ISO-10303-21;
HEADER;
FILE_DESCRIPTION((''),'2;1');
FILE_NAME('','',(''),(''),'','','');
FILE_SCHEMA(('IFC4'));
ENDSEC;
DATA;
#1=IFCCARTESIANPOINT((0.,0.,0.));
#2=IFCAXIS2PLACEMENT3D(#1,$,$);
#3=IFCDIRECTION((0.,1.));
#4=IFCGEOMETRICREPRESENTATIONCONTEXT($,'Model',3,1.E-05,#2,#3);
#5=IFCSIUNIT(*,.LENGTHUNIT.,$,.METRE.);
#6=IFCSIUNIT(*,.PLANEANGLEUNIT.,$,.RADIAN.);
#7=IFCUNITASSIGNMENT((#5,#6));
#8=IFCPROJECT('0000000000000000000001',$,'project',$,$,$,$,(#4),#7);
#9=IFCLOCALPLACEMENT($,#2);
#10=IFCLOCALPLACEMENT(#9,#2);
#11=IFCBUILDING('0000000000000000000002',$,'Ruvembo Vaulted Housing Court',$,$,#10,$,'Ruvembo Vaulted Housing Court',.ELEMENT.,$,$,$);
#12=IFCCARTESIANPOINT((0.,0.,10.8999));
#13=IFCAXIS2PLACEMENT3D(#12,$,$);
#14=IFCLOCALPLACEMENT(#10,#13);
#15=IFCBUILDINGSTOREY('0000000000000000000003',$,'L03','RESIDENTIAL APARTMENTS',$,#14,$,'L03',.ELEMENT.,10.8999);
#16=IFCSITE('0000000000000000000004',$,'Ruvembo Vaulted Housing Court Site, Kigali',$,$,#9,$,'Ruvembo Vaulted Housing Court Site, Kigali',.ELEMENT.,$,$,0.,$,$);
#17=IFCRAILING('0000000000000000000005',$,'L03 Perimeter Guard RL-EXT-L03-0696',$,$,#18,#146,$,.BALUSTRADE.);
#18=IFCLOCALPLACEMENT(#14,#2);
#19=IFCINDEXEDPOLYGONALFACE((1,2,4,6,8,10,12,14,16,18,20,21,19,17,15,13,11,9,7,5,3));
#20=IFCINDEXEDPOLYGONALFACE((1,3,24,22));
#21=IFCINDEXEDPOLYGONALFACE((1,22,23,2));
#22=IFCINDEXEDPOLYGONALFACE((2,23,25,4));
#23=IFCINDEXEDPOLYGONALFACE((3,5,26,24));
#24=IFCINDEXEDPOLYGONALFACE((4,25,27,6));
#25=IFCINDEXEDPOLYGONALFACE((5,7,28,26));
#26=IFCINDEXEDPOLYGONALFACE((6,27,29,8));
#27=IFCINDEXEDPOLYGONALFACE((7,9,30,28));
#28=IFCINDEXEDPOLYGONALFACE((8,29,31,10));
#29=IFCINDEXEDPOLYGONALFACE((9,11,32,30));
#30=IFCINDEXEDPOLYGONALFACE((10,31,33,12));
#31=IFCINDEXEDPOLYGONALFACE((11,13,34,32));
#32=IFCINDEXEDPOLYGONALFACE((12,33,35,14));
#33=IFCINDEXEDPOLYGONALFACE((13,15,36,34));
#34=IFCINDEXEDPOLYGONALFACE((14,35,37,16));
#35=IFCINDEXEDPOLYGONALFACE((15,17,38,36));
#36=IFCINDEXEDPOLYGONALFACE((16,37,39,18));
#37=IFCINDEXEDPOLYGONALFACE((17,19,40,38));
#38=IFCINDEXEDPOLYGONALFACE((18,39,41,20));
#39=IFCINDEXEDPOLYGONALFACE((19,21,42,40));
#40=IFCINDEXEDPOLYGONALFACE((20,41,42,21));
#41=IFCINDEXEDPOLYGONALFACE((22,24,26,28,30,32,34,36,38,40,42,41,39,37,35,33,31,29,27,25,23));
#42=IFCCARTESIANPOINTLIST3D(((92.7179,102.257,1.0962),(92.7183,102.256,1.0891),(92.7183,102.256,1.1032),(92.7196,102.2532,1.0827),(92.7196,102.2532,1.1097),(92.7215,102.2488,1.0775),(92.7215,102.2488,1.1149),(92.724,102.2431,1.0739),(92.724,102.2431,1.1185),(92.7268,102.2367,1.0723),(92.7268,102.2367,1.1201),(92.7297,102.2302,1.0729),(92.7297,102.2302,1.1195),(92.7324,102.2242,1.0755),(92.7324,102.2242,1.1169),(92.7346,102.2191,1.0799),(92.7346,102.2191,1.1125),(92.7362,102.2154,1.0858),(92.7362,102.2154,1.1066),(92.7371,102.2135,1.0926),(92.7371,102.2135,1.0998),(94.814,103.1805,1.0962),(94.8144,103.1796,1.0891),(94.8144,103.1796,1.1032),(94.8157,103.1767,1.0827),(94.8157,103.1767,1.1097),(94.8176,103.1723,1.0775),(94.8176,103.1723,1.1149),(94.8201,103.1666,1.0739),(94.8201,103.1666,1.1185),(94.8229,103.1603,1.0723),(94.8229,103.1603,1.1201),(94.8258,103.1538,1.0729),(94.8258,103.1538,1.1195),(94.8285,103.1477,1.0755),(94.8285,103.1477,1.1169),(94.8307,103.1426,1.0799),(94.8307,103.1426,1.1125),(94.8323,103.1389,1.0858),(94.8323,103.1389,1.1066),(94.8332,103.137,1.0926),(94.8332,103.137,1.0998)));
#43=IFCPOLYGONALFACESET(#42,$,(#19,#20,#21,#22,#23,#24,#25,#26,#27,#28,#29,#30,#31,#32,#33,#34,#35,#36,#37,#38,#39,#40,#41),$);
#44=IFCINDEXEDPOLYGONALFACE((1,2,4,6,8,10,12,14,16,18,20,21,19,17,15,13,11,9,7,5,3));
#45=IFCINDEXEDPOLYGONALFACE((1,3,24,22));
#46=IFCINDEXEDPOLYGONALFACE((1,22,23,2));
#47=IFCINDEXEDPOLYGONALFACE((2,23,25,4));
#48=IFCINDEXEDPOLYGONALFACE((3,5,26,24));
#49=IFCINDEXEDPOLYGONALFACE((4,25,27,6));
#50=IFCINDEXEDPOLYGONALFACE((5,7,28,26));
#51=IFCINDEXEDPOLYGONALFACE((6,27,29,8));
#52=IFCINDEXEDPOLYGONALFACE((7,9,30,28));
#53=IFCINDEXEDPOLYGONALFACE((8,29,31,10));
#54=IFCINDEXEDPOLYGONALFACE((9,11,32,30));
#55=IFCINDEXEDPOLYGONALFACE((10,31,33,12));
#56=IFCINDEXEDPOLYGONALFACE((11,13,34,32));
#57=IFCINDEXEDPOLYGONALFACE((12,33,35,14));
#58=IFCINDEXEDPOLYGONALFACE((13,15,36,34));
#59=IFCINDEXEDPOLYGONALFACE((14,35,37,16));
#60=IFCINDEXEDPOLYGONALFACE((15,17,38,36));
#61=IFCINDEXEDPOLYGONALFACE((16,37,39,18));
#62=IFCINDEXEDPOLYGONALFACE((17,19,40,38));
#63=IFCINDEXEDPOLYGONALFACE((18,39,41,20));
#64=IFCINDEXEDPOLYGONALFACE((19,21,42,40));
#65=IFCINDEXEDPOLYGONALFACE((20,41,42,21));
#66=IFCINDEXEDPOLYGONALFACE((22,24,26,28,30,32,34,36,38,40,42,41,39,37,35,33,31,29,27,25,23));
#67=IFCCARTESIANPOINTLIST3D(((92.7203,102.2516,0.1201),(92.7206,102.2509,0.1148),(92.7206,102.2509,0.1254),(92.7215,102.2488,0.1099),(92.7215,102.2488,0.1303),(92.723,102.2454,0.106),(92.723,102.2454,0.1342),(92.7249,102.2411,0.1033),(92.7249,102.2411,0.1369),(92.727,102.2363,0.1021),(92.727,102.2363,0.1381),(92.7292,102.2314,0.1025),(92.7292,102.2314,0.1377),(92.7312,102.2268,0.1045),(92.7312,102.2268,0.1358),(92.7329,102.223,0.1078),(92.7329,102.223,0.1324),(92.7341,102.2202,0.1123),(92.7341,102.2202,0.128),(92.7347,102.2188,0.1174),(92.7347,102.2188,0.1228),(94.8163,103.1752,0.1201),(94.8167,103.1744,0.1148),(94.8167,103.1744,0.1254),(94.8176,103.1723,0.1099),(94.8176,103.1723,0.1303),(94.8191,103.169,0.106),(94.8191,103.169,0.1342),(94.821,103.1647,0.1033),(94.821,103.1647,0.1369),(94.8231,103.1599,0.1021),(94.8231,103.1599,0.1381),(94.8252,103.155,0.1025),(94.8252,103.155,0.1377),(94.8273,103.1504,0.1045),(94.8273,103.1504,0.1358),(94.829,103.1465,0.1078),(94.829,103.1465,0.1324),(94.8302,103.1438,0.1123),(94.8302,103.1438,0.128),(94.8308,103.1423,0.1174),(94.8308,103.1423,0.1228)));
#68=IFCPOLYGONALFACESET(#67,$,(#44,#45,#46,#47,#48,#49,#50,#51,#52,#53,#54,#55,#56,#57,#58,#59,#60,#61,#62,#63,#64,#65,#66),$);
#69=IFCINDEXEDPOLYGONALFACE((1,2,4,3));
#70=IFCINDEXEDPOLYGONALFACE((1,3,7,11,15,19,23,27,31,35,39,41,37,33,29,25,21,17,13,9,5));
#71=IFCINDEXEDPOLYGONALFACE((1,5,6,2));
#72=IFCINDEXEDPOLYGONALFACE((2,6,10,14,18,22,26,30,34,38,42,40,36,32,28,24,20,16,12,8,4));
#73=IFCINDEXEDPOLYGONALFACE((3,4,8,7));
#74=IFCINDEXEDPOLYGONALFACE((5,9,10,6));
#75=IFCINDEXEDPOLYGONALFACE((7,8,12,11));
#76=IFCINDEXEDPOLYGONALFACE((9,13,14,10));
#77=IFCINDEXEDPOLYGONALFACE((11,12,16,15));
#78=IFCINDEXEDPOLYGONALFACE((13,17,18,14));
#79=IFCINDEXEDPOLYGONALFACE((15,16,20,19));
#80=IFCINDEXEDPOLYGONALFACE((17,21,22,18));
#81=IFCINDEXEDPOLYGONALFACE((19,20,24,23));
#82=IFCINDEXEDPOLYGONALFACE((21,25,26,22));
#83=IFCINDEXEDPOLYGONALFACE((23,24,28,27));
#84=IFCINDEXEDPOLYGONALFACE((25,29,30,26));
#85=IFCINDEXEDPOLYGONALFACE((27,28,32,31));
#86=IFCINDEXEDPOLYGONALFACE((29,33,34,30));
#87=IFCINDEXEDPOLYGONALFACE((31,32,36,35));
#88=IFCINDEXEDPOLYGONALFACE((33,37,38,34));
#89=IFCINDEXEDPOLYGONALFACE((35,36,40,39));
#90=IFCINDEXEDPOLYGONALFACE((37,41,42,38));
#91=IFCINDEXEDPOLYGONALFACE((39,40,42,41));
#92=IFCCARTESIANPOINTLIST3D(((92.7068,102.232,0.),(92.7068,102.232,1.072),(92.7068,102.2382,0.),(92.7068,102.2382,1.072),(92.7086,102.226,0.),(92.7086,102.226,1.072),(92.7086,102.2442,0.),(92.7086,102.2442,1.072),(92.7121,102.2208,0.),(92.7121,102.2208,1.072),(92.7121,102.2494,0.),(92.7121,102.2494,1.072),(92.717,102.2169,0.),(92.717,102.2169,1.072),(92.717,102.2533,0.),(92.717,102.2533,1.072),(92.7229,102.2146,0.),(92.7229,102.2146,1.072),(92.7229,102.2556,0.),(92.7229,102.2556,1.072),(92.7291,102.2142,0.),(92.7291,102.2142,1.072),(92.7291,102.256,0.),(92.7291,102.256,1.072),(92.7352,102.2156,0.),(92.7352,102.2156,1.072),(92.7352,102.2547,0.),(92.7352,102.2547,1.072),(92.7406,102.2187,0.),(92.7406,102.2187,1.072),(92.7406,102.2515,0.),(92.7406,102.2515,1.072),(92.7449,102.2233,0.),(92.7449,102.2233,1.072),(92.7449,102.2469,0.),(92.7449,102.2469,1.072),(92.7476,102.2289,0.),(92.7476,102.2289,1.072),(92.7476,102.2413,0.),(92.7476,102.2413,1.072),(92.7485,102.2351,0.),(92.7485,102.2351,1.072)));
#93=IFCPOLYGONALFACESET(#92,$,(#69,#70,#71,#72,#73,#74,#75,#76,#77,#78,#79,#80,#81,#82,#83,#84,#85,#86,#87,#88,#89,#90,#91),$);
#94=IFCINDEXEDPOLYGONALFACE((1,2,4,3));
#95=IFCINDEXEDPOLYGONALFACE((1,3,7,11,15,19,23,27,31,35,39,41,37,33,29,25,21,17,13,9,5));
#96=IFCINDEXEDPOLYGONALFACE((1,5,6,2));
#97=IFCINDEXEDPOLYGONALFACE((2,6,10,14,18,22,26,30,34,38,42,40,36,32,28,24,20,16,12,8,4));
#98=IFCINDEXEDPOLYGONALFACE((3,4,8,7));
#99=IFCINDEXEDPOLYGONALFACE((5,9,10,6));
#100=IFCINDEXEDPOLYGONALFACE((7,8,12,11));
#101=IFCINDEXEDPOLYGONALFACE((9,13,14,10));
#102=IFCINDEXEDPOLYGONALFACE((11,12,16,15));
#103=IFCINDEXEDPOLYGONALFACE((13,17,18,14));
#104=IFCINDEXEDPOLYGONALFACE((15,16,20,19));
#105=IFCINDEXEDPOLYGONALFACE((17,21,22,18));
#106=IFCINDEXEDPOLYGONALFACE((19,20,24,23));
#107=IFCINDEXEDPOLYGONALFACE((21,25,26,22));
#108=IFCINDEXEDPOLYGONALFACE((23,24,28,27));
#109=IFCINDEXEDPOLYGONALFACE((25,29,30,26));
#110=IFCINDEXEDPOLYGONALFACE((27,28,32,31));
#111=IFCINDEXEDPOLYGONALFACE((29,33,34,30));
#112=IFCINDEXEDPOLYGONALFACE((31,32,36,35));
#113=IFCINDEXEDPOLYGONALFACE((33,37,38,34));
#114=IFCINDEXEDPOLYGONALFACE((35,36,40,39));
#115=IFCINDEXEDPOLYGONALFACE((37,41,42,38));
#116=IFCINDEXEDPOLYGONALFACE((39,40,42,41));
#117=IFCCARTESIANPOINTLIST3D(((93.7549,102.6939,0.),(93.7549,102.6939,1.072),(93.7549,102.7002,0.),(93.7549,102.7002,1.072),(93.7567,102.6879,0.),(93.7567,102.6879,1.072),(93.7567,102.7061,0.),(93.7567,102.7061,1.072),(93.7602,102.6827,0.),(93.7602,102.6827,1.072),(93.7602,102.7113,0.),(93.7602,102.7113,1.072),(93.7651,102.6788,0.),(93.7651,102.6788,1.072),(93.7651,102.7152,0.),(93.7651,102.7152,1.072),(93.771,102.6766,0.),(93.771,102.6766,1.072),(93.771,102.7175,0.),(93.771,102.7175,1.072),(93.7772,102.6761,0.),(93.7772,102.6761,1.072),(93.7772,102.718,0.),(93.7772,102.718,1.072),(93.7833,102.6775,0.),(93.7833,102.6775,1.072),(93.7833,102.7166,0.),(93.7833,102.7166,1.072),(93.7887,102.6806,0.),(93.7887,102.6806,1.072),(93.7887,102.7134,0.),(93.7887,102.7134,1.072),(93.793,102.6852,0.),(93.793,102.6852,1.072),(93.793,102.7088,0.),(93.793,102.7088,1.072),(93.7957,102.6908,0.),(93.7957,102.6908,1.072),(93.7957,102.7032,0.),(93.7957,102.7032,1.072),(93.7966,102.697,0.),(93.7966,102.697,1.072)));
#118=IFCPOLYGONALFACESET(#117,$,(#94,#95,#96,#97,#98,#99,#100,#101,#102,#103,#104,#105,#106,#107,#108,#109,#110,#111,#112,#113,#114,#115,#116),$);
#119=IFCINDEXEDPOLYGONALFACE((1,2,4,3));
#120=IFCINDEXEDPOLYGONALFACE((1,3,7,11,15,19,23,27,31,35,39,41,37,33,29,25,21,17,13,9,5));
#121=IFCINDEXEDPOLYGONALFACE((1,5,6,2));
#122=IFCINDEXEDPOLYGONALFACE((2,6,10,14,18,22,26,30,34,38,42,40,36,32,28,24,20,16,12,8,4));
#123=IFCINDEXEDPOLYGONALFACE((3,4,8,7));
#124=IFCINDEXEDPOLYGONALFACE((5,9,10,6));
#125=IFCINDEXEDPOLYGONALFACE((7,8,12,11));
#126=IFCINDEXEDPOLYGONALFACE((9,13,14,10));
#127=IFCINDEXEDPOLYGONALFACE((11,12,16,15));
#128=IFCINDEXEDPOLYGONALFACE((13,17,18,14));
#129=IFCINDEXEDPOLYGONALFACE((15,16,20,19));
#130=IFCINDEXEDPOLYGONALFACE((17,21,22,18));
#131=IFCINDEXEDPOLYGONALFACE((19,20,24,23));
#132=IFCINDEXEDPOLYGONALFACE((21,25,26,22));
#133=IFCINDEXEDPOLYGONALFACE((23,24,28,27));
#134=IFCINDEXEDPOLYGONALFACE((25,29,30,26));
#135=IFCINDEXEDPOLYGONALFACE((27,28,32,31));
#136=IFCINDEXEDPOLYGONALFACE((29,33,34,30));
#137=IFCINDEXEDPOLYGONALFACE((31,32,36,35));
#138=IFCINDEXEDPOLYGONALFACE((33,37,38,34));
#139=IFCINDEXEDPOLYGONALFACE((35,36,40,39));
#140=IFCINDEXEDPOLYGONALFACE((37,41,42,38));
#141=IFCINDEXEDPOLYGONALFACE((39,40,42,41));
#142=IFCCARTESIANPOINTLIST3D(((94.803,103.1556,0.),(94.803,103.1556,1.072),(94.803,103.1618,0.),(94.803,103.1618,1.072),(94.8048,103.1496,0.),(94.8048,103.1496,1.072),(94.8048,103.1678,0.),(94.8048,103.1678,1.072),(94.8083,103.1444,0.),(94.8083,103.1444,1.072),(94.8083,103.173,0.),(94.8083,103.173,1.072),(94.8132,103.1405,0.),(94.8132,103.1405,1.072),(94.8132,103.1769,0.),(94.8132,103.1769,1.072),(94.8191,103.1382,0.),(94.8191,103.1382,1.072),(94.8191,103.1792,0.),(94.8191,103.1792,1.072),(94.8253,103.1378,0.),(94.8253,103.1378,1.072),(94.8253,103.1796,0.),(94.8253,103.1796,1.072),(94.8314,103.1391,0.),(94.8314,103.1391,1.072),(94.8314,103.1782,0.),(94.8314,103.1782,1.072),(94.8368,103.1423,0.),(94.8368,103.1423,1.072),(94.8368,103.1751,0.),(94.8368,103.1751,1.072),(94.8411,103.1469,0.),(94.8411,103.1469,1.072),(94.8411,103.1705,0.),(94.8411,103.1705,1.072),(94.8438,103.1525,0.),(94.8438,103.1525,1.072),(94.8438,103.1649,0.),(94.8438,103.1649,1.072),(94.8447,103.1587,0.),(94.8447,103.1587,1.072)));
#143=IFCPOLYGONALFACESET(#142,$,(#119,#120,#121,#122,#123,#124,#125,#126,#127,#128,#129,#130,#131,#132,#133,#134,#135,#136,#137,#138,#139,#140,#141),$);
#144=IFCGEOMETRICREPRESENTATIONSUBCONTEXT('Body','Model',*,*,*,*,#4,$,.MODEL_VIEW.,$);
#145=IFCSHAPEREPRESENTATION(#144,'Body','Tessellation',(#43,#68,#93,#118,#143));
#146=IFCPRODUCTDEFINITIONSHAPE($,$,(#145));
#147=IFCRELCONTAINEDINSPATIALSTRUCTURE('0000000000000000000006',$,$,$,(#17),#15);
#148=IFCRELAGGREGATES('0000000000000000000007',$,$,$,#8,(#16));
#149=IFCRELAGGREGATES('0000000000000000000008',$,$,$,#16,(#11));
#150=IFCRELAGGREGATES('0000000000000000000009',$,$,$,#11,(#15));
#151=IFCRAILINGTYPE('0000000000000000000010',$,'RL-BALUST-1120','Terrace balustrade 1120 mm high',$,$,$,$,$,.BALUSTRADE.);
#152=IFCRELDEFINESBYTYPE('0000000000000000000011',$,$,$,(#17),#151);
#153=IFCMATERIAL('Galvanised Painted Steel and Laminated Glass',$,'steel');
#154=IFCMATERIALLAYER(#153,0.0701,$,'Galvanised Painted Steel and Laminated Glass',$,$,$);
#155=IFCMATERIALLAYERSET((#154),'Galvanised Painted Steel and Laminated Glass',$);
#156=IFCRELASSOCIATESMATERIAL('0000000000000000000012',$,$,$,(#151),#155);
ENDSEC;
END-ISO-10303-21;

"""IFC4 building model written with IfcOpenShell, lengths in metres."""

from ifc_helpers import new_model, si_unit, direction, frame, origin, origin_2d, place, context, subcontext, project, spatial, circle, extrude, material, layer, layer_set, type_object, element, save


model = new_model("IFC4")

# Units and contexts
model_context = context("Model", 3, precision=1e-05, world=origin(), true_north=direction((0.0, 1.0)))
body_context = subcontext(model_context, "Body", "Model", "MODEL_VIEW")
ifc_project = project(units=[si_unit("LENGTHUNIT", "METRE"), si_unit("PLANEANGLEUNIT", "RADIAN")], contexts=[model_context])

# Site, building, storey
site_placement = place(None, origin())
site = spatial("IfcSite", under=ifc_project, at=site_placement, Name="Ruvembo Vaulted Housing Court Site, Kigali", LongName="Ruvembo Vaulted Housing Court Site, Kigali", CompositionType="ELEMENT", RefElevation=0.0)
building_placement = place(site_placement, origin())
building = spatial("IfcBuilding", under=site, at=building_placement, Name="Ruvembo Vaulted Housing Court", LongName="Ruvembo Vaulted Housing Court", CompositionType="ELEMENT")
storey_placement = place(building_placement, frame((0.0, 0.0, 10.8999)))
storey = spatial("IfcBuildingStorey", under=building, at=storey_placement, Name="L03", Description="RESIDENTIAL APARTMENTS", LongName="L03", CompositionType="ELEMENT", Elevation=10.8999)

# Railing
ifc_material_1 = material(Name="Galvanised Painted Steel and Laminated Glass", Category="steel")
ifc_layer_1 = layer(ifc_material_1, 0.0701, Name="Galvanised Painted Steel and Laminated Glass")
ifc_layer_set_1 = layer_set([ifc_layer_1], Name="Galvanised Painted Steel and Laminated Glass")
railing_type = type_object("IfcRailingType", Name="RL-BALUST-1120", Description="Terrace balustrade 1120 mm high", PredefinedType="BALUSTRADE", material=ifc_layer_set_1)
railing_1_placement = place(storey_placement, frame((92.7275, 102.2351, 0.0)))
element("IfcRailing", 1, at=railing_1_placement, inside=storey, type_object=railing_type, Name="L03 Perimeter Guard RL-EXT-L03-0696", PredefinedType="BALUSTRADE", context=body_context, shape_type="SweptSolid", body=[
    extrude(circle(Radius=0.0239, at=origin_2d()), frame((0.0, 0.0, 1.0962), z_axis=(0.915112, 0.403199, 0.0), x_axis=(-0.403199, 0.915112, 0.0)), (0.0, 0.0, 1.0), 2.2905),
    extrude(circle(Radius=0.0181, at=origin_2d()), frame((0.0, 0.0, 0.1201), z_axis=(0.915112, 0.403199, 0.0), x_axis=(-0.403199, 0.915112, 0.0)), (0.0, 0.0, 1.0), 2.2905),
    extrude(circle(Radius=0.021, at=origin_2d()), origin(), (0.0, 0.0, 1.0), 1.072),
    extrude(circle(Radius=0.021, at=origin_2d()), frame((1.0481, 0.4619, 0.0)), (0.0, 0.0, 1.0), 1.072),
    extrude(circle(Radius=0.021, at=origin_2d()), frame((2.0962, 0.9236, 0.0)), (0.0, 0.0, 1.0), 1.072),
])

save(model, "model.ifc")
